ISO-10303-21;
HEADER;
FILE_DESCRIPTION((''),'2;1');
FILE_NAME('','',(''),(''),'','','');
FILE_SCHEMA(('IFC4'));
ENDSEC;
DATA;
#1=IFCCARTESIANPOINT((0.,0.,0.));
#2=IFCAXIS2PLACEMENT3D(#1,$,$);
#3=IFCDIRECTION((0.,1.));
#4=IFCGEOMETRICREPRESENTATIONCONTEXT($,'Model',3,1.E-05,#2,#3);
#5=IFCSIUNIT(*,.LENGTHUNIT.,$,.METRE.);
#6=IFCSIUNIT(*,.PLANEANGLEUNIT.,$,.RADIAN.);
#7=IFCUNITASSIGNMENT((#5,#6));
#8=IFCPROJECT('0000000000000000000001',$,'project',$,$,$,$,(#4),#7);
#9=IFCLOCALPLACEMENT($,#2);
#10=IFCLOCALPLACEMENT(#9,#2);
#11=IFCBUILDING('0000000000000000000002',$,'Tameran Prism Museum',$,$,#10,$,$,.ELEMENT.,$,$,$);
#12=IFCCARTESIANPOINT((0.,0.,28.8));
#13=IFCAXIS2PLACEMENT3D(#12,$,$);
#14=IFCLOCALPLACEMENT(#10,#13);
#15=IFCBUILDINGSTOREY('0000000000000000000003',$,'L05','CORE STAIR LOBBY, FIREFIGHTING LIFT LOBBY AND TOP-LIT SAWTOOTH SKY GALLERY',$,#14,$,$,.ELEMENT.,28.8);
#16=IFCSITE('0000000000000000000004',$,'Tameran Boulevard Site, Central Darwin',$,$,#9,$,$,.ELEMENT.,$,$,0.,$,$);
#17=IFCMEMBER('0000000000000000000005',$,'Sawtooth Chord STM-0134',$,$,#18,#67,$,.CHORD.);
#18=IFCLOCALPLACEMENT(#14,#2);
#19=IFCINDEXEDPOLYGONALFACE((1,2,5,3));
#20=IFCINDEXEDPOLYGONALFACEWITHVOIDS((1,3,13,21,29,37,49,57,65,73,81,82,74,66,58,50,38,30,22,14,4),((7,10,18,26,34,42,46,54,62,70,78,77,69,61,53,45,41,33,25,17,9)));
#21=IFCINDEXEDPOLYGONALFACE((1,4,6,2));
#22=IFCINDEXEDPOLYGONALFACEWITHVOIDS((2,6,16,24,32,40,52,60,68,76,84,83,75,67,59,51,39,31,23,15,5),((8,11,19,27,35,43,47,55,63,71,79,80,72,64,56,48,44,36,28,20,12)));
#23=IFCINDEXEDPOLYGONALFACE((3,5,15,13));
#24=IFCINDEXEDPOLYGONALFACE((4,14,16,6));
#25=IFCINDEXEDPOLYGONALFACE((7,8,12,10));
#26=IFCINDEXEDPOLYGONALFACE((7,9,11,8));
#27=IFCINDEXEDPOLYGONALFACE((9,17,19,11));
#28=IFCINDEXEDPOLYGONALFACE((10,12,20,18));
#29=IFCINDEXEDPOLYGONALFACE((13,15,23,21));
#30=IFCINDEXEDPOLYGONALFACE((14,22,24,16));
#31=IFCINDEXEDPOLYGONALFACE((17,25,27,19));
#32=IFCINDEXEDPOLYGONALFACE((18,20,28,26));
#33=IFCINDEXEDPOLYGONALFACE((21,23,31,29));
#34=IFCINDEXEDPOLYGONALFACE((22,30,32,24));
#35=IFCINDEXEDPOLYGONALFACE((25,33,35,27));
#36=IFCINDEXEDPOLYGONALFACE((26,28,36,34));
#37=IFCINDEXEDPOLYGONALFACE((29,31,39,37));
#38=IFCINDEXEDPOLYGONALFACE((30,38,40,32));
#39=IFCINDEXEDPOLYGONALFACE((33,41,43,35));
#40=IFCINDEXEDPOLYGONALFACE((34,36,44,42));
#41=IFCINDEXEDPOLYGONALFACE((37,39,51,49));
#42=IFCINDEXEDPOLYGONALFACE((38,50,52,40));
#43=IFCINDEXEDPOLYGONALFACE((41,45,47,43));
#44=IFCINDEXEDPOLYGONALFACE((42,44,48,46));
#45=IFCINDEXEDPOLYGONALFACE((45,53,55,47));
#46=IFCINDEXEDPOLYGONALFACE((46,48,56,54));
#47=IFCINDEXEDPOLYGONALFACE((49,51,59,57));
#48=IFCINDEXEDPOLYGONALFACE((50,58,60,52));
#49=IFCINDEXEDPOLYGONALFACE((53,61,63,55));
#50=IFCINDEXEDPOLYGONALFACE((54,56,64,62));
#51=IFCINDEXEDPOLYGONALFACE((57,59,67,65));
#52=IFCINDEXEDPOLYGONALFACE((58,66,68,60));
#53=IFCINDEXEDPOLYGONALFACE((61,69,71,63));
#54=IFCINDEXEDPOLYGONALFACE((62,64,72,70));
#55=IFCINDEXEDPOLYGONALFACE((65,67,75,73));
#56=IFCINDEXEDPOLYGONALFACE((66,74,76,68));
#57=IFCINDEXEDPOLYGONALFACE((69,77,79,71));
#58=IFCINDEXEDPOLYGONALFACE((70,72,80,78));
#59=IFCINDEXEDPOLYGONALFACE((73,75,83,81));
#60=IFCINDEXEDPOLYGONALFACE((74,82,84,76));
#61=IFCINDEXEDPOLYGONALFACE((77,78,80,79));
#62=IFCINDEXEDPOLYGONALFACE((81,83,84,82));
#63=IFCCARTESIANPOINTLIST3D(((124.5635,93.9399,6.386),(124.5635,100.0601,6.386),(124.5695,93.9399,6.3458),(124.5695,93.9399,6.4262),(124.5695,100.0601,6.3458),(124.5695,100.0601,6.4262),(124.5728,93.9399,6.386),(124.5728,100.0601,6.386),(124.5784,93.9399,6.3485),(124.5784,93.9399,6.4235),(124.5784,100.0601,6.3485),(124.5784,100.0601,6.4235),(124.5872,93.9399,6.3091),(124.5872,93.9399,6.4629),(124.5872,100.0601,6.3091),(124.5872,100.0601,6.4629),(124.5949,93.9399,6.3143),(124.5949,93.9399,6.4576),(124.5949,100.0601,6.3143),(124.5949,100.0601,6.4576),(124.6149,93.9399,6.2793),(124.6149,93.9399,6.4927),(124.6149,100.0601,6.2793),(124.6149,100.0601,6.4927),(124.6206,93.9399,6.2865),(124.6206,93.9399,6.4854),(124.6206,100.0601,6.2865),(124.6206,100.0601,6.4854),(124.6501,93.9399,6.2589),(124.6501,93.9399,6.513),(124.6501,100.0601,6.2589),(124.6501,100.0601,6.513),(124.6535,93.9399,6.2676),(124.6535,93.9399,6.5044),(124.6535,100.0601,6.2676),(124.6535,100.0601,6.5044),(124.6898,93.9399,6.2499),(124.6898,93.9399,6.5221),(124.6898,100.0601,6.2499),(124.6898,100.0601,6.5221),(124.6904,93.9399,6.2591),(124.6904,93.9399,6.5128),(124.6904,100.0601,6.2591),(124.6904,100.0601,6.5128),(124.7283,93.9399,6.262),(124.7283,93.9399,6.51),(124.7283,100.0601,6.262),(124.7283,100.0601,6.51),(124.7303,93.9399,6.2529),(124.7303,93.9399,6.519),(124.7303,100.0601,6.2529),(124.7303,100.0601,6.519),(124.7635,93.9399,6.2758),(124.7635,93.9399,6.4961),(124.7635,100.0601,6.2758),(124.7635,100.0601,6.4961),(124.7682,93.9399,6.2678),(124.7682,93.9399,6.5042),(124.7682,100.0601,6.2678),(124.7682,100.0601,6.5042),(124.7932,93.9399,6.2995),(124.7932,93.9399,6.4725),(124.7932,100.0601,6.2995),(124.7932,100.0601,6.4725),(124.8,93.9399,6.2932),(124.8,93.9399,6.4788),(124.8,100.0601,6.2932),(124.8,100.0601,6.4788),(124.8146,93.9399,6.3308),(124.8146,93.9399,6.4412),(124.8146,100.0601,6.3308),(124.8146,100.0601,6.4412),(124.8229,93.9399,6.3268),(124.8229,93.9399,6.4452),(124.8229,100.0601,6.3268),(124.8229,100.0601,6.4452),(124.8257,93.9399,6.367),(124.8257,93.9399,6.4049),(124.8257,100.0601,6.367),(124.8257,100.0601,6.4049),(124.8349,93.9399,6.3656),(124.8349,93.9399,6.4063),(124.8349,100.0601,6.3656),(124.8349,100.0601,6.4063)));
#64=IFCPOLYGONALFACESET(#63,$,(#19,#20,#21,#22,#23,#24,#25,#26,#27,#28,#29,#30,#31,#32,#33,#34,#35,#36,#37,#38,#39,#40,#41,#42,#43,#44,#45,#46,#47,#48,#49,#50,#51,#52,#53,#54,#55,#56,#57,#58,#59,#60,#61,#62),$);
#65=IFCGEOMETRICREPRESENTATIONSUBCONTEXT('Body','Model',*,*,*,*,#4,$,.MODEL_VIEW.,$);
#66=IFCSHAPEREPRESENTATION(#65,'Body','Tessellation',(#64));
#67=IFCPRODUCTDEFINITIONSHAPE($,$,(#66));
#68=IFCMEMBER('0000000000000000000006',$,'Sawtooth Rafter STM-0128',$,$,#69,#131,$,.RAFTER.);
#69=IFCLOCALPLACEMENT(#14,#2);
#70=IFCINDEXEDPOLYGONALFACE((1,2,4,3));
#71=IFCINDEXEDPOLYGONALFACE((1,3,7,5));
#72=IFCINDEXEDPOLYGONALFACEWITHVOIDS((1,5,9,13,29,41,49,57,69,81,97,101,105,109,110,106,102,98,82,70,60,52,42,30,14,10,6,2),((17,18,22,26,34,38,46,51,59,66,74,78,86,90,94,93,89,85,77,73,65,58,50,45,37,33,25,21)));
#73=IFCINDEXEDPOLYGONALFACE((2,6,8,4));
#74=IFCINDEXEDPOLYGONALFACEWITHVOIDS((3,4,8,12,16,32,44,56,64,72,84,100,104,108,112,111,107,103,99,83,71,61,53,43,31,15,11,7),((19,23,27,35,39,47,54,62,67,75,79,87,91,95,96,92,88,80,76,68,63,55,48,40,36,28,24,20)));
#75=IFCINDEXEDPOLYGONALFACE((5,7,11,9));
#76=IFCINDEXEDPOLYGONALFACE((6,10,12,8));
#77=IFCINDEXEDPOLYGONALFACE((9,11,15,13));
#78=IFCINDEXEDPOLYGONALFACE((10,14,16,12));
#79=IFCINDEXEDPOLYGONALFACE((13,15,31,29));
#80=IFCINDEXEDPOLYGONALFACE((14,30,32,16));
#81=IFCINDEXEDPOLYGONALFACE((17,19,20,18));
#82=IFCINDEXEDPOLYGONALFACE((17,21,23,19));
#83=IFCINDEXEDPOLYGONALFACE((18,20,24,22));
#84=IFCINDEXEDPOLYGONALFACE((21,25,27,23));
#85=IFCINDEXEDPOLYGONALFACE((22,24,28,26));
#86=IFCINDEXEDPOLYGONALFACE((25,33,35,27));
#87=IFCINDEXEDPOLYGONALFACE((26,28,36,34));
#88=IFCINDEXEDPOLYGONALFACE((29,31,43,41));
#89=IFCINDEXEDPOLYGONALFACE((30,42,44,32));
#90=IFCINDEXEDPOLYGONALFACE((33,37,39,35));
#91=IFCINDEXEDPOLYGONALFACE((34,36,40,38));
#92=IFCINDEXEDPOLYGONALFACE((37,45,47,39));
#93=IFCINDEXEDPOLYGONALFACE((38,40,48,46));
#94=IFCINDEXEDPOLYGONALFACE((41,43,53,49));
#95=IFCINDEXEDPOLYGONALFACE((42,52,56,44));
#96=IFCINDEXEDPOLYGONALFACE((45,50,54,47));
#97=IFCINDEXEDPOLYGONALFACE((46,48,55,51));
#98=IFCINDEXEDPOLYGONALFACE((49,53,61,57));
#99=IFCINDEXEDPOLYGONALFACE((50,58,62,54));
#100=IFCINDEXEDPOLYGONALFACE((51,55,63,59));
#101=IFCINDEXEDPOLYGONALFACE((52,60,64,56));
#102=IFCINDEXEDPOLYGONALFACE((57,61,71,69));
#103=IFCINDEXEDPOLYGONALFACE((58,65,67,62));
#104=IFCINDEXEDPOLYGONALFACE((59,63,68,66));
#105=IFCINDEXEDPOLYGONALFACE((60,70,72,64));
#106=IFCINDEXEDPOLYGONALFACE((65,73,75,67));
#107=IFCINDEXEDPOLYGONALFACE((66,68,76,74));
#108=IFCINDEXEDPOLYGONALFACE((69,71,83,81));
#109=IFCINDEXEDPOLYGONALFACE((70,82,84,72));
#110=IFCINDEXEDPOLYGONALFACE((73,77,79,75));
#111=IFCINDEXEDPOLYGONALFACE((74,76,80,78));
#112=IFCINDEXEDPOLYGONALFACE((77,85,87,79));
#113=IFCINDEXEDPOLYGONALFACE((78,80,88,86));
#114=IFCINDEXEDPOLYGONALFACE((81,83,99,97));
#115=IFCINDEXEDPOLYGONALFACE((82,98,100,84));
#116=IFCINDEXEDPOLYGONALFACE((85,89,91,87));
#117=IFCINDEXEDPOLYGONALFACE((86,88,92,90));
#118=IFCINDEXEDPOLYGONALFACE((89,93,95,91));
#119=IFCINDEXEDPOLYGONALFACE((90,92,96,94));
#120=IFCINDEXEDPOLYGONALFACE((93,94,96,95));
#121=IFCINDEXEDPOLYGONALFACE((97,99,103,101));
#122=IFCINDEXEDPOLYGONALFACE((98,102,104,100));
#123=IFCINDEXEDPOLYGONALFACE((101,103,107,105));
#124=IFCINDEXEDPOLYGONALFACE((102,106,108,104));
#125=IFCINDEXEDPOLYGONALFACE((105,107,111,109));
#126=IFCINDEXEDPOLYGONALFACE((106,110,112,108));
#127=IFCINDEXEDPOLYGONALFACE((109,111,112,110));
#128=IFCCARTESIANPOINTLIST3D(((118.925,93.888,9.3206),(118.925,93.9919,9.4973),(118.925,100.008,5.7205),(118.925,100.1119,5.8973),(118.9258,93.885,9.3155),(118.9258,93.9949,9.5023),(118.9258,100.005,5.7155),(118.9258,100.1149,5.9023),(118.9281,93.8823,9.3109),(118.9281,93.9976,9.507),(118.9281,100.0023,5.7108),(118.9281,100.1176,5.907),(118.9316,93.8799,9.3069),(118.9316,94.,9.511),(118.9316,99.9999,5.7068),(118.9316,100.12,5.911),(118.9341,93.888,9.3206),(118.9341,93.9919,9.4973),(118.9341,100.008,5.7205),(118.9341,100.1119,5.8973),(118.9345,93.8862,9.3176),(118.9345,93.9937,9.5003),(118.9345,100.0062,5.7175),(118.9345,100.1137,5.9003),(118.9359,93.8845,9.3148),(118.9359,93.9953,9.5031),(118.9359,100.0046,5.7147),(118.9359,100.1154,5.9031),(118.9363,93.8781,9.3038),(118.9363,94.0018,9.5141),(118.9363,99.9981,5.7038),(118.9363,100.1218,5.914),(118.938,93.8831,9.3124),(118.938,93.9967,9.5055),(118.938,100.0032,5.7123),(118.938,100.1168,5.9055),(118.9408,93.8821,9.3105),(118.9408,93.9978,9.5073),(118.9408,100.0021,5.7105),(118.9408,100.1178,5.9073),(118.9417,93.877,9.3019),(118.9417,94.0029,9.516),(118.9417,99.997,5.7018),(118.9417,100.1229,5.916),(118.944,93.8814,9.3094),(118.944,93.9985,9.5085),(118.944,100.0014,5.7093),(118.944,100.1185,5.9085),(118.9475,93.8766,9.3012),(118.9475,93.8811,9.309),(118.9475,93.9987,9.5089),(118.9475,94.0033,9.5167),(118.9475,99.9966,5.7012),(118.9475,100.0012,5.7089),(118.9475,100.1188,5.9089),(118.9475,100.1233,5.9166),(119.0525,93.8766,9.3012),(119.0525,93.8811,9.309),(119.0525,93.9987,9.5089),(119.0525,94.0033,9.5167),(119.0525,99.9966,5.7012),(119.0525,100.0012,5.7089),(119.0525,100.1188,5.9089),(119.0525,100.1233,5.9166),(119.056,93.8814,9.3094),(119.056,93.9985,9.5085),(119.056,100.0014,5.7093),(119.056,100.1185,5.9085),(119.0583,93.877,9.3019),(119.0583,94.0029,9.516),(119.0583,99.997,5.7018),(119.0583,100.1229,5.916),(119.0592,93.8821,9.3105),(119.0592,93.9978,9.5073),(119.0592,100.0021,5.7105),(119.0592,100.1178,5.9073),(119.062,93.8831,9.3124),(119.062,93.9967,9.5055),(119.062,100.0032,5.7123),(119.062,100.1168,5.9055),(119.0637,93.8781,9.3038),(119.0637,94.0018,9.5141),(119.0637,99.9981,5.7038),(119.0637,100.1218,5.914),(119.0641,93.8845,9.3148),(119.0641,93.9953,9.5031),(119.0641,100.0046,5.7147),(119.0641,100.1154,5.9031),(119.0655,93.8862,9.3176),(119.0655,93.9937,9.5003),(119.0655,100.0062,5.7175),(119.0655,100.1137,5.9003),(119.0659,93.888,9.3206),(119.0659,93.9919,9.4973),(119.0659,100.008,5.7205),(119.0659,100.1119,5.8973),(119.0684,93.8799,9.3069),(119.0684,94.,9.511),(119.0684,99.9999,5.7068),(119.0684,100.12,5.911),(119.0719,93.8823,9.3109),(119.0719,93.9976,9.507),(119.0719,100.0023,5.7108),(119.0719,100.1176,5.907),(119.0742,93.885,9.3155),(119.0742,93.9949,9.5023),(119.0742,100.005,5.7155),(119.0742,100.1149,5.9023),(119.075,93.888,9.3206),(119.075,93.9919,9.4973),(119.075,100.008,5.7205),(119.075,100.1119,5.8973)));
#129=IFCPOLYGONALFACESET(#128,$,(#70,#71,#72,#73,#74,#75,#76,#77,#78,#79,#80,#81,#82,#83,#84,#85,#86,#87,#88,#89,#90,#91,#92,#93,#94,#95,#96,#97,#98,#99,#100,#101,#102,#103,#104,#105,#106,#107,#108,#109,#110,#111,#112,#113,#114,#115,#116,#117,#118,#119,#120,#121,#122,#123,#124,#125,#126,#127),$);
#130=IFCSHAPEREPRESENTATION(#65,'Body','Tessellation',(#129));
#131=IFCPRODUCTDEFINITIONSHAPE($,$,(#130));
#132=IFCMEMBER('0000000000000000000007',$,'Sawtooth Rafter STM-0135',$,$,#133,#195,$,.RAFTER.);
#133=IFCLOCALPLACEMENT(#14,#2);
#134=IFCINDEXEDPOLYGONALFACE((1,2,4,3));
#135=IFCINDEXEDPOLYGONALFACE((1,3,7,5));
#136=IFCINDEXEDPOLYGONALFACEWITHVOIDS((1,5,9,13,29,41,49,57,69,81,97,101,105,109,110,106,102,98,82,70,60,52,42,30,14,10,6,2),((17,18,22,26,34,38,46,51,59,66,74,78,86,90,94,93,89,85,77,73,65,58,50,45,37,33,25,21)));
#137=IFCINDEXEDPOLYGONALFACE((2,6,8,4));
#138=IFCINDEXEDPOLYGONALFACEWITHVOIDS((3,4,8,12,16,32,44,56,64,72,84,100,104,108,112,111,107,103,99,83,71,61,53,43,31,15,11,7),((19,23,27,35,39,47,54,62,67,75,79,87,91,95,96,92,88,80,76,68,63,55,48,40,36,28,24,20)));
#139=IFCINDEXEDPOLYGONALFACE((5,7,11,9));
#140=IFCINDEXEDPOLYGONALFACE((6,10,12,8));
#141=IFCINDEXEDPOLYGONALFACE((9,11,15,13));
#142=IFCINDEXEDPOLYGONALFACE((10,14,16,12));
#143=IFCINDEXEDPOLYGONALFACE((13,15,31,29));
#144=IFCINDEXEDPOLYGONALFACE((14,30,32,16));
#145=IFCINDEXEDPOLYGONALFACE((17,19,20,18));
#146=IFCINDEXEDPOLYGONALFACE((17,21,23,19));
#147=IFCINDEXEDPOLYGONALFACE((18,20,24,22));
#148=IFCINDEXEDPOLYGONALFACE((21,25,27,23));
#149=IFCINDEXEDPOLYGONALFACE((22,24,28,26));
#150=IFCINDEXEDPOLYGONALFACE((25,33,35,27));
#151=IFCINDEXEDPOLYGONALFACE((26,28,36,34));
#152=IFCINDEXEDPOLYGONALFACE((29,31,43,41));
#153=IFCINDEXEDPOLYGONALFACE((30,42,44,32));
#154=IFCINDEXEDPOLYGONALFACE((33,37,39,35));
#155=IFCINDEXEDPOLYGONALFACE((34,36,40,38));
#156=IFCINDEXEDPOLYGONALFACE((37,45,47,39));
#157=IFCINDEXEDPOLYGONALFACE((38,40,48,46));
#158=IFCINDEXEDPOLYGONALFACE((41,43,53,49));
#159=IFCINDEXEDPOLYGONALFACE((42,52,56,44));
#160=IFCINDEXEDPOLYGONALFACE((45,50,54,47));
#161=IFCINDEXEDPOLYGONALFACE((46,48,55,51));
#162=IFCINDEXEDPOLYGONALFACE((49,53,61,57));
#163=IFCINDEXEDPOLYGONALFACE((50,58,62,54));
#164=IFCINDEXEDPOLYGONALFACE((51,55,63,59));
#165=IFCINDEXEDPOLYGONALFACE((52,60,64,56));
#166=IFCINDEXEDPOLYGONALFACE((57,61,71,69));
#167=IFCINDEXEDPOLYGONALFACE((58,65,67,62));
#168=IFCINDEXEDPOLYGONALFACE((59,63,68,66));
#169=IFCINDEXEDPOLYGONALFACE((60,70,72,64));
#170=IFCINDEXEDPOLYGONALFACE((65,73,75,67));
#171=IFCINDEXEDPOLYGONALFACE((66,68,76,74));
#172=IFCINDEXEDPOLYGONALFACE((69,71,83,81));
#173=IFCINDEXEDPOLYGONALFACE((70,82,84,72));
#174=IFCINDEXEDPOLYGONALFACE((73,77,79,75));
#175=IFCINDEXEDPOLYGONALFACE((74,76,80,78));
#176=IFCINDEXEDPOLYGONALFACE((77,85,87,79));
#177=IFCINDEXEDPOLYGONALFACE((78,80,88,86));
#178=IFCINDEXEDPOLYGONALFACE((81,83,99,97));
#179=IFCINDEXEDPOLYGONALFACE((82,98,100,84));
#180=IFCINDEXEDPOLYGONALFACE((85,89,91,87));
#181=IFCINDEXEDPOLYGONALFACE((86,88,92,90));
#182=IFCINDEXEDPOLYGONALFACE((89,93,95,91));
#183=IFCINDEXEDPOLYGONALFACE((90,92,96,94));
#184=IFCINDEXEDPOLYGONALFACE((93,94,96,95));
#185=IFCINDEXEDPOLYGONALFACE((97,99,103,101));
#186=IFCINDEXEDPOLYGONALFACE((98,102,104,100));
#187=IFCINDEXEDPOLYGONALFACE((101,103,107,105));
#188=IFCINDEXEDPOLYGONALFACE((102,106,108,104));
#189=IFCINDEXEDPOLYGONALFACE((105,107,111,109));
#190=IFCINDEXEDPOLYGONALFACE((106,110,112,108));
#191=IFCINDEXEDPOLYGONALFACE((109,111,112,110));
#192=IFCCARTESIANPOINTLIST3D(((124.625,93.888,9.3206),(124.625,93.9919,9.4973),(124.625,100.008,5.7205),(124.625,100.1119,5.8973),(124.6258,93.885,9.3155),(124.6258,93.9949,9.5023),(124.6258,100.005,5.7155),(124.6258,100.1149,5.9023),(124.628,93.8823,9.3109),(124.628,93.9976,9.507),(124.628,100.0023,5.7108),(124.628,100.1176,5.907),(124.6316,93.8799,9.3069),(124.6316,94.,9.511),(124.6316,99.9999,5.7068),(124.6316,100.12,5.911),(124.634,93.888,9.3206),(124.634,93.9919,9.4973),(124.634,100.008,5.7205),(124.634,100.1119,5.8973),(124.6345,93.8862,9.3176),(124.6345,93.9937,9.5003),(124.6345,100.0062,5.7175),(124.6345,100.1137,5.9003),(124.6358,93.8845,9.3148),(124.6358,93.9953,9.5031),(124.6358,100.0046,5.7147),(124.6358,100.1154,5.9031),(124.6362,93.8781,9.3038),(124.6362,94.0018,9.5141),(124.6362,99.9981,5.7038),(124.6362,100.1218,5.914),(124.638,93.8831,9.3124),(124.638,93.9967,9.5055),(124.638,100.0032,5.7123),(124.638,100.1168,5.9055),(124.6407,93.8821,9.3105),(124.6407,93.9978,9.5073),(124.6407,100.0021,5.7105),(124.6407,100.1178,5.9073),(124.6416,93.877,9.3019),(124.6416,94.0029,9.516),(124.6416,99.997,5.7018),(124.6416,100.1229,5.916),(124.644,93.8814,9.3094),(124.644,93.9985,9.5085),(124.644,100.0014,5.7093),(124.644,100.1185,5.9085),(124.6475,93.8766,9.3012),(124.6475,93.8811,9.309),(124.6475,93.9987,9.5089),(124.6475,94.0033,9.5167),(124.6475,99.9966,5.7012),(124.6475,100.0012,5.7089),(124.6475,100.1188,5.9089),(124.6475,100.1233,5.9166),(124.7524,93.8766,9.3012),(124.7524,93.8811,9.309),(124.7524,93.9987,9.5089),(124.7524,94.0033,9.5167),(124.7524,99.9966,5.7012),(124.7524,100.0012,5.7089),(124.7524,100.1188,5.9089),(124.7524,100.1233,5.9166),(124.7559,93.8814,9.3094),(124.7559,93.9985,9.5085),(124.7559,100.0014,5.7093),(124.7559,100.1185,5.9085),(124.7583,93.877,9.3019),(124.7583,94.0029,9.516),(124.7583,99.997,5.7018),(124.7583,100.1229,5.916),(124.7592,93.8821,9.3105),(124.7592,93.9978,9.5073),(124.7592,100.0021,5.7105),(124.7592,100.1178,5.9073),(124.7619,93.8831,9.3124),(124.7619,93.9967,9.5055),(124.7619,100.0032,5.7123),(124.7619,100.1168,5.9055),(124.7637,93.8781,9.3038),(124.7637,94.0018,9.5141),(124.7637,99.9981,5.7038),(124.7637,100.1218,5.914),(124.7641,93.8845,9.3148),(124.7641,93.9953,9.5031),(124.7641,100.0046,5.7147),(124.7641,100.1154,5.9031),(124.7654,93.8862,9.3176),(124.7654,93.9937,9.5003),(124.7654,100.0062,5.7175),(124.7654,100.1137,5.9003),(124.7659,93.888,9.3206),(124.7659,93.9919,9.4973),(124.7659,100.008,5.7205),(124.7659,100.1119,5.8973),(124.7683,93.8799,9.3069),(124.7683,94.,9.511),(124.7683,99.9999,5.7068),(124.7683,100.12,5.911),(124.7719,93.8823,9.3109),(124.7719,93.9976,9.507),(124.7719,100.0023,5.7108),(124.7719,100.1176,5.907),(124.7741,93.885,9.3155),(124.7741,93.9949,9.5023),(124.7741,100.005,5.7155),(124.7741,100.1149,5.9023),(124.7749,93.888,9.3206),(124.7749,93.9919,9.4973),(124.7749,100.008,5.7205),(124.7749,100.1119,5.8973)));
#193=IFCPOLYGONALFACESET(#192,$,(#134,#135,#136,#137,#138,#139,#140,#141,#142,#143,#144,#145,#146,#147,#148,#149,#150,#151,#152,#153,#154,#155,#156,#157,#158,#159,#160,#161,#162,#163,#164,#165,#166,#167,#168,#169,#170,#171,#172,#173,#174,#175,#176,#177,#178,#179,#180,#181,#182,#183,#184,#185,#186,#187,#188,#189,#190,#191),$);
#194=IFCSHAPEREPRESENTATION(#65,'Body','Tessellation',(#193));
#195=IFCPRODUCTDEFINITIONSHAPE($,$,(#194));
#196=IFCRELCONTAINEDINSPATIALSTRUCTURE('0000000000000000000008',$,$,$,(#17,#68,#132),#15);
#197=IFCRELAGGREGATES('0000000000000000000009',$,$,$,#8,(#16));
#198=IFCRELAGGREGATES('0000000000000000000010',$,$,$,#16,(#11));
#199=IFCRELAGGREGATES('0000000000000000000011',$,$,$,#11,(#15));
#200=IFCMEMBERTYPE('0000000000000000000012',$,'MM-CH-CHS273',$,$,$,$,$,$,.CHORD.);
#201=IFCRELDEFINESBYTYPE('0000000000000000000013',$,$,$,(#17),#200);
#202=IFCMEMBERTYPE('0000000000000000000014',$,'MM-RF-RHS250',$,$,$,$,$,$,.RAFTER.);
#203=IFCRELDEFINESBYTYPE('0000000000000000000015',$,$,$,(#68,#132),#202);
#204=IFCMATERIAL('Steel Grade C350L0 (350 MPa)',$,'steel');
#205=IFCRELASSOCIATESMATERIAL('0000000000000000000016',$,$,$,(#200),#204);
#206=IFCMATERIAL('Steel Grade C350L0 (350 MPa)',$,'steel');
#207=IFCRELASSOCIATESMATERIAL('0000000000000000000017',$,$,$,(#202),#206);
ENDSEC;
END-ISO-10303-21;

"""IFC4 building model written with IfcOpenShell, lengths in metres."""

from ifc_helpers import new_model, si_unit, direction, frame, origin, origin_2d, place, context, subcontext, project, spatial, hollow_rectangle, hollow_circle, extrude, material, material_profile, profile_set, type_object, element, save


model = new_model("IFC4")

# Units and contexts
model_context = context("Model", 3, precision=1e-05, world=origin(), true_north=direction((0.0, 1.0)))
body_context = subcontext(model_context, "Body", "Model", "MODEL_VIEW")
ifc_project = project(units=[si_unit("LENGTHUNIT", "METRE"), si_unit("PLANEANGLEUNIT", "RADIAN")], contexts=[model_context])

# Site, building, storey
site_placement = place(None, origin())
site = spatial("IfcSite", under=ifc_project, at=site_placement, Name="Tameran Boulevard Site, Central Darwin", CompositionType="ELEMENT", RefElevation=0.0)
building_placement = place(site_placement, origin())
building = spatial("IfcBuilding", under=site, at=building_placement, Name="Tameran Prism Museum", CompositionType="ELEMENT")
storey_placement = place(building_placement, frame((0.0, 0.0, 28.8)))
storey = spatial("IfcBuildingStorey", under=building, at=storey_placement, Name="L05", Description="CORE STAIR LOBBY, FIREFIGHTING LIFT LOBBY AND TOP-LIT SAWTOOTH SKY GALLERY", CompositionType="ELEMENT", Elevation=28.8)

# Members
ifc_material_1 = material(Name="Steel Grade C350L0 (350 MPa)", Category="steel")
ifc_material_profile_1 = material_profile(ifc_material_1, hollow_circle(Radius=0.1365, WallThickness=0.0093, at=origin_2d()))
ifc_profile_set_1 = profile_set([ifc_material_profile_1])
member_type_1 = type_object("IfcMemberType", Name="MM-CH-CHS273", PredefinedType="CHORD", material=ifc_profile_set_1)
for number, where, z_axis, x_axis, name in (
    (1, (124.7, 93.9399, 6.386), (0.0, 1.0, 0.0), (-1.0, 0.0, 0.0), "Sawtooth Chord STM-0134"),
):
    element("IfcMember", number, at=place(storey_placement, frame(where, z_axis=z_axis, x_axis=x_axis)), inside=storey, type_object=member_type_1, Name=name, PredefinedType="CHORD", context=body_context, shape_type="SweptSolid", body=[
        extrude(hollow_circle(Radius=0.1365, WallThickness=0.0093, at=origin_2d()), origin(), (0.0, 0.0, 1.0), 6.1201),
    ])
ifc_material_2 = material(Name="Steel Grade C350L0 (350 MPa)", Category="steel")
ifc_material_profile_2 = material_profile(ifc_material_2, hollow_rectangle(XDim=0.1499, YDim=0.25, WallThickness=0.009, InnerFilletRadius=0.0134, OuterFilletRadius=0.0225, at=origin_2d()))
ifc_profile_set_2 = profile_set([ifc_material_profile_2])
member_type_2 = type_object("IfcMemberType", Name="MM-RF-RHS250", PredefinedType="RAFTER", material=ifc_profile_set_2)
for number, where, z_axis, x_axis, name in (
    (2, (119.0, 93.9399, 9.4089), (0.0, 0.861932, -0.507023), (-1.0, 0.0, 0.0), "Sawtooth Rafter STM-0128"),
    (3, (124.7, 93.9399, 9.4089), (0.0, 0.861932, -0.507023), (-1.0, 0.0, 0.0), "Sawtooth Rafter STM-0135"),
):
    element("IfcMember", number, at=place(storey_placement, frame(where, z_axis=z_axis, x_axis=x_axis)), inside=storey, type_object=member_type_2, Name=name, PredefinedType="RAFTER", context=body_context, shape_type="SweptSolid", body=[
        extrude(hollow_rectangle(XDim=0.1499, YDim=0.25, WallThickness=0.009, InnerFilletRadius=0.0134, OuterFilletRadius=0.0225, at=origin_2d()), origin(), (0.0, 0.0, 1.0), 7.1003),
    ])

save(model, "model.ifc")
